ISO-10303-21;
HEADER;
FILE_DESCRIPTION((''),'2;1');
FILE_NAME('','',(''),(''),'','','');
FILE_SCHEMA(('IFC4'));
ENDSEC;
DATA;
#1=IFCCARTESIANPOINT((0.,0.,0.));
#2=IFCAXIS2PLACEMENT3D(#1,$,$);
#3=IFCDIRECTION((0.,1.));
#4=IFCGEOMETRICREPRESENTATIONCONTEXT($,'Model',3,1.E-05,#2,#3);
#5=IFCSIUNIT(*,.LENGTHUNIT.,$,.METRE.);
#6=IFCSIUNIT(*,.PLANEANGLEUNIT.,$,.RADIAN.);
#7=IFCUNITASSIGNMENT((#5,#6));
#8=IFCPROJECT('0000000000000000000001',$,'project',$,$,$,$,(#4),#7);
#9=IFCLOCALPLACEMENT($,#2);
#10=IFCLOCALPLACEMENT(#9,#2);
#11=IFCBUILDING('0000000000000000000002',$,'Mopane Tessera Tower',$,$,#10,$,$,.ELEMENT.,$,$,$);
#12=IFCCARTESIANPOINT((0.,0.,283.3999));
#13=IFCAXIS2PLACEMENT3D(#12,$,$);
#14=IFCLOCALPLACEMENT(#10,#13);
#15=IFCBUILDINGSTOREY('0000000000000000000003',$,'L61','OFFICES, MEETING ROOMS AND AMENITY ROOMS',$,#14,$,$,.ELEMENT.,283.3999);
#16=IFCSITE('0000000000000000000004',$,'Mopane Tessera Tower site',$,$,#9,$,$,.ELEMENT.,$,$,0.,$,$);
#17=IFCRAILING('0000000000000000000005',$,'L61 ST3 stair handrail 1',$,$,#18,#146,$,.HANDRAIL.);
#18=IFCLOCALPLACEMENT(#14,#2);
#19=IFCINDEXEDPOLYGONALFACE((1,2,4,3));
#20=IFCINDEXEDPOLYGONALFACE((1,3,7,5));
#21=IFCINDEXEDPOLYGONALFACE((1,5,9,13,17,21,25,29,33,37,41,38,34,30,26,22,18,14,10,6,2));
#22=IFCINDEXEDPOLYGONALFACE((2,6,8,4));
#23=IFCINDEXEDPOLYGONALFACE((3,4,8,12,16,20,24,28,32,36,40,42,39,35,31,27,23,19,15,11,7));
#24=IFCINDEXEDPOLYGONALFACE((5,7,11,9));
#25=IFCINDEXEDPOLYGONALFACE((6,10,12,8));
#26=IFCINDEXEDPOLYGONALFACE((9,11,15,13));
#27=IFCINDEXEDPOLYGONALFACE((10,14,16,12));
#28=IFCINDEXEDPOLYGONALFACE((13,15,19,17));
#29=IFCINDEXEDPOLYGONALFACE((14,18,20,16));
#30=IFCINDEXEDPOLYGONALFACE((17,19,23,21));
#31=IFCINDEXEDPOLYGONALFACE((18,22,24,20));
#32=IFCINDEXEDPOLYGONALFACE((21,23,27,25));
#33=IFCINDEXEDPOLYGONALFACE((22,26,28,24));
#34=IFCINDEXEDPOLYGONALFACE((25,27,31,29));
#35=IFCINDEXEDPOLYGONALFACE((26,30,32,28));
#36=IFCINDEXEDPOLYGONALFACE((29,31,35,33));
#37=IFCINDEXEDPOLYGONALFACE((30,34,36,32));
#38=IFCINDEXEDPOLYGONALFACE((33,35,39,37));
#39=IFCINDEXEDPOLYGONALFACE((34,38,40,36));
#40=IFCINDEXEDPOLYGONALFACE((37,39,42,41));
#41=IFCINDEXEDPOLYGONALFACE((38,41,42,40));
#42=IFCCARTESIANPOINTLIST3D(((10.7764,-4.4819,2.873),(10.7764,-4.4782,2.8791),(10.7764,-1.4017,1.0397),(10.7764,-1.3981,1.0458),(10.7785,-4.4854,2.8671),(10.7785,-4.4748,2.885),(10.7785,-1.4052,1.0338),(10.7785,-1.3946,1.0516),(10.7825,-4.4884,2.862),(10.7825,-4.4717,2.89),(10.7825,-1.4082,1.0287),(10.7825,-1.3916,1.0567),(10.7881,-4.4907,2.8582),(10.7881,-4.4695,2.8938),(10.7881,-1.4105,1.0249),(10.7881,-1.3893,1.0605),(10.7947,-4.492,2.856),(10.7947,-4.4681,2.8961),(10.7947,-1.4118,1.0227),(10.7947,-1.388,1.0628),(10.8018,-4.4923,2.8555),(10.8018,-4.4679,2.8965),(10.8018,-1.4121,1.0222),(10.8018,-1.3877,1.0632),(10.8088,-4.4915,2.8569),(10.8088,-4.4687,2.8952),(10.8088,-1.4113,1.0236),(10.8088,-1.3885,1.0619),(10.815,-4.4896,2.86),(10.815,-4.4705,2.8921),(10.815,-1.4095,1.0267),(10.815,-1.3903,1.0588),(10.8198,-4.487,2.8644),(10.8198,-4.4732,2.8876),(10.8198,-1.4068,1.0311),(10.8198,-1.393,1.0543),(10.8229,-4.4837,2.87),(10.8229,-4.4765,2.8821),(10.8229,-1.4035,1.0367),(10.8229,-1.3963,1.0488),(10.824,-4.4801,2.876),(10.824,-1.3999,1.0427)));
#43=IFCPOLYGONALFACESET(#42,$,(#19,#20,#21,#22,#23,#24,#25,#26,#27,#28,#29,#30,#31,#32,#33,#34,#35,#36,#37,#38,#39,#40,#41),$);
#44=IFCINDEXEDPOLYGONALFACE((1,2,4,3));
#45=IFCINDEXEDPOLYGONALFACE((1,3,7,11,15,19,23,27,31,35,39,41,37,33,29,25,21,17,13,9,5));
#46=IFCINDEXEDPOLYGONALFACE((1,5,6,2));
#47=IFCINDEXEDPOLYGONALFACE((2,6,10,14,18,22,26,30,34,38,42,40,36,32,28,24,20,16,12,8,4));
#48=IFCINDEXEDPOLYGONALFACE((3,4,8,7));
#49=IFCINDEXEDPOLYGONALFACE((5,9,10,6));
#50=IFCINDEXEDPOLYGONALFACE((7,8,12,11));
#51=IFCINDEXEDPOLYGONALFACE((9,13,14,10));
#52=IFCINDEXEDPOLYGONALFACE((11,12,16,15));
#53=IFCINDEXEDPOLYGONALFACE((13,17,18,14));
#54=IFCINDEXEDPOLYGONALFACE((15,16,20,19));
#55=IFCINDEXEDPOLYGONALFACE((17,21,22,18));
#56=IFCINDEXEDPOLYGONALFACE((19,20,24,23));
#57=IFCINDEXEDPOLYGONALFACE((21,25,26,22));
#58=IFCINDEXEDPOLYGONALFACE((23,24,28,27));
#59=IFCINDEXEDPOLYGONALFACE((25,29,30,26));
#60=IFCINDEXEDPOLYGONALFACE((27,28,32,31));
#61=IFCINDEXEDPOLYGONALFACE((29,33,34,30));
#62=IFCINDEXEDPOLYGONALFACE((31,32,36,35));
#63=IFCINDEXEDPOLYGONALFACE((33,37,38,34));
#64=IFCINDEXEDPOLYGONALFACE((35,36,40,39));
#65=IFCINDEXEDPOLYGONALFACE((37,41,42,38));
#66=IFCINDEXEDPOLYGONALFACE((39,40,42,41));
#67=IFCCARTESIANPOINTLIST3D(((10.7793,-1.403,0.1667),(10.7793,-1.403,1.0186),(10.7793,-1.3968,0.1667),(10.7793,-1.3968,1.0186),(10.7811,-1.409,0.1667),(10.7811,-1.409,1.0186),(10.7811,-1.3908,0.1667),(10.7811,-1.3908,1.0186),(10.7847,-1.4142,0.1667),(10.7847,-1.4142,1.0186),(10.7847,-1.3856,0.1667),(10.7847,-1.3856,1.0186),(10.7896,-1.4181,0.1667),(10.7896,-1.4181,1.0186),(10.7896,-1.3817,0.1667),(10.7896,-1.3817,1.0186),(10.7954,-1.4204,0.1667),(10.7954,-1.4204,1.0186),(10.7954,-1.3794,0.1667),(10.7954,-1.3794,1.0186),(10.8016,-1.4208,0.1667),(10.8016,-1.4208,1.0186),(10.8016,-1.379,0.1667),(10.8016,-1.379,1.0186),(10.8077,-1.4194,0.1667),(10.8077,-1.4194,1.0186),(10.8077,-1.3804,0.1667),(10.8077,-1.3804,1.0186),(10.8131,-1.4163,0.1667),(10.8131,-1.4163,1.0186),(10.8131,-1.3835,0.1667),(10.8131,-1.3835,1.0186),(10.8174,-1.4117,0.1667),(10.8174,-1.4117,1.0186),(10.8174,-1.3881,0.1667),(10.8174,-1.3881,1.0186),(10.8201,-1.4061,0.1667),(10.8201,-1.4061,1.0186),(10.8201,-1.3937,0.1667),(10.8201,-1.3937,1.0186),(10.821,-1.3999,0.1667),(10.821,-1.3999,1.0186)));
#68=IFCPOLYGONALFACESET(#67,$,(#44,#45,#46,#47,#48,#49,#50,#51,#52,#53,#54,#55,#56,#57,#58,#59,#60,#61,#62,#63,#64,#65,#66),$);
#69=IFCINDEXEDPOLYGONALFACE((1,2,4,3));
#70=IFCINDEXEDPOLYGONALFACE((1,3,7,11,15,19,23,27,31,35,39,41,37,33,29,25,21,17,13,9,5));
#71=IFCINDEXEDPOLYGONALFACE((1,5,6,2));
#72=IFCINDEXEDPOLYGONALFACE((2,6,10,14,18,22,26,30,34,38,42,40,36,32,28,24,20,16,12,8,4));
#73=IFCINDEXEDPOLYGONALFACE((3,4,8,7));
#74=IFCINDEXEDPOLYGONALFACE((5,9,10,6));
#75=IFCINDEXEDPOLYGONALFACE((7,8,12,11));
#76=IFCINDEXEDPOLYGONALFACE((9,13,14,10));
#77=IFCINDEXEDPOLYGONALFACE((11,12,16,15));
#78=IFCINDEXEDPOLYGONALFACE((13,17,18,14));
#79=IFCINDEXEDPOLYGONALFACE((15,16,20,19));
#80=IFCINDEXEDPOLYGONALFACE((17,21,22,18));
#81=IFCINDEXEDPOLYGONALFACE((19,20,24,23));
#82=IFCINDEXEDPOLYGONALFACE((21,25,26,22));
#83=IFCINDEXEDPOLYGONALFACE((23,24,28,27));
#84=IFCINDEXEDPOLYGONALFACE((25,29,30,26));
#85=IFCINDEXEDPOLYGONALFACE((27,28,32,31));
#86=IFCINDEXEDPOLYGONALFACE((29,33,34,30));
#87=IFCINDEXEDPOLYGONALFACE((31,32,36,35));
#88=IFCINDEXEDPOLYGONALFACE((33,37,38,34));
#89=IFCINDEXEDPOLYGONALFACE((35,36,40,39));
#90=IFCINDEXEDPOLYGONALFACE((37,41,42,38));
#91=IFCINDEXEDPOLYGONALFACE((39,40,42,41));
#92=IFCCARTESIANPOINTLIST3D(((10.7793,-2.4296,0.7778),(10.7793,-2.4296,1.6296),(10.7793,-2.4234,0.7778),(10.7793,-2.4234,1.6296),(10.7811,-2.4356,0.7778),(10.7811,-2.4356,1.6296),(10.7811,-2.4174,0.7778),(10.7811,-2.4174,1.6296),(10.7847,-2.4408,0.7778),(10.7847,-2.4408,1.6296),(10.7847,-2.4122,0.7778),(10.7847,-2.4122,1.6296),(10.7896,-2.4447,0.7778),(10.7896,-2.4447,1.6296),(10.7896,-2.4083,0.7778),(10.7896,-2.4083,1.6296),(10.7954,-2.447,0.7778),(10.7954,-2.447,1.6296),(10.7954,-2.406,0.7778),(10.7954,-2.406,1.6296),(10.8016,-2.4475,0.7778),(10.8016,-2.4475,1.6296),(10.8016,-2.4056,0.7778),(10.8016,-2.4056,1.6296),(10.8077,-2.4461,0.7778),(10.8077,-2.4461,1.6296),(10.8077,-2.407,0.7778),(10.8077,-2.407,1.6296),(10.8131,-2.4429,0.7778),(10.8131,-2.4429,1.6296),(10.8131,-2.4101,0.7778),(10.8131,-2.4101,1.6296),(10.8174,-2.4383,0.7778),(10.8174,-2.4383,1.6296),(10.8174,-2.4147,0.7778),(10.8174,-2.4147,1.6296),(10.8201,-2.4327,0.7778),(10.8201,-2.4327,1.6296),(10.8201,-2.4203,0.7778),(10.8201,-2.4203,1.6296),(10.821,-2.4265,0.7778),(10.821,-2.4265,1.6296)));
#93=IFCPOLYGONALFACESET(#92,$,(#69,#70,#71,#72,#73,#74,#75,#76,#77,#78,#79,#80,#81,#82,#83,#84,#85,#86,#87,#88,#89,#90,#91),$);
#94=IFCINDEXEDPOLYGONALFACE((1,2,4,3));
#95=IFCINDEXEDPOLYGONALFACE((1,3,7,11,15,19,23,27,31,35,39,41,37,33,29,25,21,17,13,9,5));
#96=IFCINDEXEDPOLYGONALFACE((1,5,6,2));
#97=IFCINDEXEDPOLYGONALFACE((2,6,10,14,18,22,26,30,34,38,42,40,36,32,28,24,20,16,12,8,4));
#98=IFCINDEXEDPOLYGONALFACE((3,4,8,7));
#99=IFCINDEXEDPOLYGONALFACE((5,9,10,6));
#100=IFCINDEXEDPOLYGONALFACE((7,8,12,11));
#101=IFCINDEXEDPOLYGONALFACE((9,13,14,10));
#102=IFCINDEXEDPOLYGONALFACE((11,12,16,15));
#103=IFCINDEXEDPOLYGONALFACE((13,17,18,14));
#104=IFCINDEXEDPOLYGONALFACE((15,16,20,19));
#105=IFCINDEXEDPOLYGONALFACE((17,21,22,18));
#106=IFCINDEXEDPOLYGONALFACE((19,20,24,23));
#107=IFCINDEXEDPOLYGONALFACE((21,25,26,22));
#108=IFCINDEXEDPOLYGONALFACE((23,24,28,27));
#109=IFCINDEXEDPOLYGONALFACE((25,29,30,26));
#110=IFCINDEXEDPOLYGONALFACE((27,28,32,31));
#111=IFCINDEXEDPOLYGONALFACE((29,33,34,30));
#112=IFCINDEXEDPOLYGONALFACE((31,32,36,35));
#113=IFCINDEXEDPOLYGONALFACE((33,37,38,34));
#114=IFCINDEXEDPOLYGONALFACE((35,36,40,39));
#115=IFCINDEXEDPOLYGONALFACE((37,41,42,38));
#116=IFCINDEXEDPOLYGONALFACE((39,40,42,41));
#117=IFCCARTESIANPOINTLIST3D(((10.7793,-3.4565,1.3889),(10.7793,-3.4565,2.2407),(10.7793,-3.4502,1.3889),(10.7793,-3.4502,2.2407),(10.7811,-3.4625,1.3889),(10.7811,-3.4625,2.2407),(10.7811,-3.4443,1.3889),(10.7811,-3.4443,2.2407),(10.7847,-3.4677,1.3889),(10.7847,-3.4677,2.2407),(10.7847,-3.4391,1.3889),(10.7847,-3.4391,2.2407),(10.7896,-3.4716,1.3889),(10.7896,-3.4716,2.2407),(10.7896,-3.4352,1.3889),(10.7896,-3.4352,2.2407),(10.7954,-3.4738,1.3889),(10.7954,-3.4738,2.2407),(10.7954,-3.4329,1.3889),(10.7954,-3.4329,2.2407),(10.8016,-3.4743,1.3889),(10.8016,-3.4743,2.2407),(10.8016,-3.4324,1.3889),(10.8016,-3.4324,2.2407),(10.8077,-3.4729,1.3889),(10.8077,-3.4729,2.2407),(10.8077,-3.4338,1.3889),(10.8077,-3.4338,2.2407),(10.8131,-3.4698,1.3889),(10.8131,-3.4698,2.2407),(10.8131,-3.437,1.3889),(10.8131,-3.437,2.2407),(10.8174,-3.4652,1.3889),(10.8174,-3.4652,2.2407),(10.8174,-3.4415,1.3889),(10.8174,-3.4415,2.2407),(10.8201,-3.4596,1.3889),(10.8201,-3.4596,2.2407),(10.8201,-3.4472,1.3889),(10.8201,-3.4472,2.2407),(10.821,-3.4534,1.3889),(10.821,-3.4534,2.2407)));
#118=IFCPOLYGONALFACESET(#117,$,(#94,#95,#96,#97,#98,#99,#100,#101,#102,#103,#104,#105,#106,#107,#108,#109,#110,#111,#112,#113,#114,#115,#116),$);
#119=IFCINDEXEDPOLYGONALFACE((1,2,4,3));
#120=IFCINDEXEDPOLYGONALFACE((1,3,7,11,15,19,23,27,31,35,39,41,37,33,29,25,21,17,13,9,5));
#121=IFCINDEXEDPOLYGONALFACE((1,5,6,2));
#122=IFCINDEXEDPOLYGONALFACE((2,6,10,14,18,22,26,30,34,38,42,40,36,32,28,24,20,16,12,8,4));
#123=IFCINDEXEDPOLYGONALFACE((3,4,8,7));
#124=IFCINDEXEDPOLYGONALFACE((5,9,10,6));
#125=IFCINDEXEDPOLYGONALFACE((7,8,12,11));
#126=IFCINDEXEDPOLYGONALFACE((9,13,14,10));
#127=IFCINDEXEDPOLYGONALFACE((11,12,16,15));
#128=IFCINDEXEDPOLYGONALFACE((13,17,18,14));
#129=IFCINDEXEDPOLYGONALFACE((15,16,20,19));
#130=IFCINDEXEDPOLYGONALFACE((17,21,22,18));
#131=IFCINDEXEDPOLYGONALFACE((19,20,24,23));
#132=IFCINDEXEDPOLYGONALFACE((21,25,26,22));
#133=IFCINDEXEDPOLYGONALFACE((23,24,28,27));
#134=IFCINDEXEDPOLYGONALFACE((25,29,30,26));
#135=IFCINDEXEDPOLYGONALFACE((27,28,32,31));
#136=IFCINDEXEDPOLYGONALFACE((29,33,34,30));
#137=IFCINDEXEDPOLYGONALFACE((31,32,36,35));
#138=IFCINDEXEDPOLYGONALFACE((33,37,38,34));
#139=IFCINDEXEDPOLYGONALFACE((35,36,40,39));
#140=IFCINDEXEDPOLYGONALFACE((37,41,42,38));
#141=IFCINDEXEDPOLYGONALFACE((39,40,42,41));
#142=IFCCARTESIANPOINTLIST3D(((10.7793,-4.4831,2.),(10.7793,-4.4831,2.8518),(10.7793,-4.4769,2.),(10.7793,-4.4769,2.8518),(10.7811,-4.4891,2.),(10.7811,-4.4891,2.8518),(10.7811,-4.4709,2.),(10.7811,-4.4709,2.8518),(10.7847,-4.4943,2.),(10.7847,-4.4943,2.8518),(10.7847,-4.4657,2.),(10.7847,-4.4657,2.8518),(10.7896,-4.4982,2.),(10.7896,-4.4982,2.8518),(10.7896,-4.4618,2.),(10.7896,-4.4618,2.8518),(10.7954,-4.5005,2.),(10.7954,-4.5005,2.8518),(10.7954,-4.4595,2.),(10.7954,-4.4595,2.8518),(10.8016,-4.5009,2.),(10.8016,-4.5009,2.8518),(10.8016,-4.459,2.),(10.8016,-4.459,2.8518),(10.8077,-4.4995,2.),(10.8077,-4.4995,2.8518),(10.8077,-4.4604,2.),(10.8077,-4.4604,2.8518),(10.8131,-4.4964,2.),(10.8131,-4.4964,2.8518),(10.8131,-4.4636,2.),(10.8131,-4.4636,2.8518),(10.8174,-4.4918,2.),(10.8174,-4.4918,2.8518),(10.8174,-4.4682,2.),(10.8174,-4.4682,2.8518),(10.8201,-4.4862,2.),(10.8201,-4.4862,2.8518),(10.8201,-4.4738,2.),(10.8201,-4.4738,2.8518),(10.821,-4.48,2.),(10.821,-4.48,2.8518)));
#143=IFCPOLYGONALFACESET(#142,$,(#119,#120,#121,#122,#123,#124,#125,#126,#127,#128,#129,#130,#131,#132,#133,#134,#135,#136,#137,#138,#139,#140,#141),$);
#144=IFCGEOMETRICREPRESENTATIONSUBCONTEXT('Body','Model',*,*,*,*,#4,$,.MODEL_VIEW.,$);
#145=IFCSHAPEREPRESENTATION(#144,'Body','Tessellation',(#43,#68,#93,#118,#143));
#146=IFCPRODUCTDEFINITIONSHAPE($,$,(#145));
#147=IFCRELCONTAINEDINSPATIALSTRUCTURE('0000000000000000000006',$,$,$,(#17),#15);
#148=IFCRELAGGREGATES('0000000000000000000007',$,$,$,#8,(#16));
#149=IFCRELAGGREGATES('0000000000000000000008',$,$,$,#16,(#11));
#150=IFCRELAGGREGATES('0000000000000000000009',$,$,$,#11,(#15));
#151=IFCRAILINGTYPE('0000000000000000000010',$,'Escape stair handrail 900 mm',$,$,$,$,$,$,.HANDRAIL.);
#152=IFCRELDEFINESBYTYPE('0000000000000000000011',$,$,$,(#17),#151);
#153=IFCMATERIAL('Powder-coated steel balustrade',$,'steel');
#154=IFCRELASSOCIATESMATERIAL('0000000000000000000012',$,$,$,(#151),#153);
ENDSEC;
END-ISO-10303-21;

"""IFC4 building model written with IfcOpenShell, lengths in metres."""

from ifc_helpers import new_model, si_unit, direction, frame, origin, origin_2d, place, context, subcontext, project, spatial, circle, extrude, material, type_object, element, save


model = new_model("IFC4")

# Units and contexts
model_context = context("Model", 3, precision=1e-05, world=origin(), true_north=direction((0.0, 1.0)))
body_context = subcontext(model_context, "Body", "Model", "MODEL_VIEW")
ifc_project = project(units=[si_unit("LENGTHUNIT", "METRE"), si_unit("PLANEANGLEUNIT", "RADIAN")], contexts=[model_context])

# Site, building, storey
site_placement = place(None, origin())
site = spatial("IfcSite", under=ifc_project, at=site_placement, Name="Mopane Tessera Tower site", CompositionType="ELEMENT", RefElevation=0.0)
building_placement = place(site_placement, origin())
building = spatial("IfcBuilding", under=site, at=building_placement, Name="Mopane Tessera Tower", CompositionType="ELEMENT")
storey_placement = place(building_placement, frame((0.0, 0.0, 283.3999)))
storey = spatial("IfcBuildingStorey", under=building, at=storey_placement, Name="L61", Description="OFFICES, MEETING ROOMS AND AMENITY ROOMS", CompositionType="ELEMENT", Elevation=283.3999)

# Railing
ifc_material_1 = material(Name="Powder-coated steel balustrade", Category="steel")
railing_type_1 = type_object("IfcRailingType", Name="Escape stair handrail 900 mm", PredefinedType="HANDRAIL", material=ifc_material_1)
railing_1_placement = place(storey_placement, frame((10.8, -1.3999, 0.1667)))
element("IfcRailing", 1, at=railing_1_placement, inside=storey, type_object=railing_type_1, Name="L61 ST3 stair handrail 1", PredefinedType="HANDRAIL", context=body_context, shape_type="SweptSolid", body=[
    extrude(circle(Radius=0.0239, at=origin_2d()), frame((0.0, 0.0, 0.876), z_axis=(0.0, -0.859309, 0.511458), x_axis=(1.0, 0.0, 0.0)), (0.0, 0.0, 1.0), 3.5845),
    extrude(circle(Radius=0.021, at=origin_2d()), origin(), (0.0, 0.0, 1.0), 0.8518),
    extrude(circle(Radius=0.021, at=origin_2d()), frame((0.0, -1.0266, 0.6111)), (0.0, 0.0, 1.0), 0.8518),
    extrude(circle(Radius=0.021, at=origin_2d()), frame((0.0, -2.0535, 1.2222)), (0.0, 0.0, 1.0), 0.8518),
    extrude(circle(Radius=0.021, at=origin_2d()), frame((0.0, -3.0801, 1.8333)), (0.0, 0.0, 1.0), 0.8518),
])

save(model, "model.ifc")
